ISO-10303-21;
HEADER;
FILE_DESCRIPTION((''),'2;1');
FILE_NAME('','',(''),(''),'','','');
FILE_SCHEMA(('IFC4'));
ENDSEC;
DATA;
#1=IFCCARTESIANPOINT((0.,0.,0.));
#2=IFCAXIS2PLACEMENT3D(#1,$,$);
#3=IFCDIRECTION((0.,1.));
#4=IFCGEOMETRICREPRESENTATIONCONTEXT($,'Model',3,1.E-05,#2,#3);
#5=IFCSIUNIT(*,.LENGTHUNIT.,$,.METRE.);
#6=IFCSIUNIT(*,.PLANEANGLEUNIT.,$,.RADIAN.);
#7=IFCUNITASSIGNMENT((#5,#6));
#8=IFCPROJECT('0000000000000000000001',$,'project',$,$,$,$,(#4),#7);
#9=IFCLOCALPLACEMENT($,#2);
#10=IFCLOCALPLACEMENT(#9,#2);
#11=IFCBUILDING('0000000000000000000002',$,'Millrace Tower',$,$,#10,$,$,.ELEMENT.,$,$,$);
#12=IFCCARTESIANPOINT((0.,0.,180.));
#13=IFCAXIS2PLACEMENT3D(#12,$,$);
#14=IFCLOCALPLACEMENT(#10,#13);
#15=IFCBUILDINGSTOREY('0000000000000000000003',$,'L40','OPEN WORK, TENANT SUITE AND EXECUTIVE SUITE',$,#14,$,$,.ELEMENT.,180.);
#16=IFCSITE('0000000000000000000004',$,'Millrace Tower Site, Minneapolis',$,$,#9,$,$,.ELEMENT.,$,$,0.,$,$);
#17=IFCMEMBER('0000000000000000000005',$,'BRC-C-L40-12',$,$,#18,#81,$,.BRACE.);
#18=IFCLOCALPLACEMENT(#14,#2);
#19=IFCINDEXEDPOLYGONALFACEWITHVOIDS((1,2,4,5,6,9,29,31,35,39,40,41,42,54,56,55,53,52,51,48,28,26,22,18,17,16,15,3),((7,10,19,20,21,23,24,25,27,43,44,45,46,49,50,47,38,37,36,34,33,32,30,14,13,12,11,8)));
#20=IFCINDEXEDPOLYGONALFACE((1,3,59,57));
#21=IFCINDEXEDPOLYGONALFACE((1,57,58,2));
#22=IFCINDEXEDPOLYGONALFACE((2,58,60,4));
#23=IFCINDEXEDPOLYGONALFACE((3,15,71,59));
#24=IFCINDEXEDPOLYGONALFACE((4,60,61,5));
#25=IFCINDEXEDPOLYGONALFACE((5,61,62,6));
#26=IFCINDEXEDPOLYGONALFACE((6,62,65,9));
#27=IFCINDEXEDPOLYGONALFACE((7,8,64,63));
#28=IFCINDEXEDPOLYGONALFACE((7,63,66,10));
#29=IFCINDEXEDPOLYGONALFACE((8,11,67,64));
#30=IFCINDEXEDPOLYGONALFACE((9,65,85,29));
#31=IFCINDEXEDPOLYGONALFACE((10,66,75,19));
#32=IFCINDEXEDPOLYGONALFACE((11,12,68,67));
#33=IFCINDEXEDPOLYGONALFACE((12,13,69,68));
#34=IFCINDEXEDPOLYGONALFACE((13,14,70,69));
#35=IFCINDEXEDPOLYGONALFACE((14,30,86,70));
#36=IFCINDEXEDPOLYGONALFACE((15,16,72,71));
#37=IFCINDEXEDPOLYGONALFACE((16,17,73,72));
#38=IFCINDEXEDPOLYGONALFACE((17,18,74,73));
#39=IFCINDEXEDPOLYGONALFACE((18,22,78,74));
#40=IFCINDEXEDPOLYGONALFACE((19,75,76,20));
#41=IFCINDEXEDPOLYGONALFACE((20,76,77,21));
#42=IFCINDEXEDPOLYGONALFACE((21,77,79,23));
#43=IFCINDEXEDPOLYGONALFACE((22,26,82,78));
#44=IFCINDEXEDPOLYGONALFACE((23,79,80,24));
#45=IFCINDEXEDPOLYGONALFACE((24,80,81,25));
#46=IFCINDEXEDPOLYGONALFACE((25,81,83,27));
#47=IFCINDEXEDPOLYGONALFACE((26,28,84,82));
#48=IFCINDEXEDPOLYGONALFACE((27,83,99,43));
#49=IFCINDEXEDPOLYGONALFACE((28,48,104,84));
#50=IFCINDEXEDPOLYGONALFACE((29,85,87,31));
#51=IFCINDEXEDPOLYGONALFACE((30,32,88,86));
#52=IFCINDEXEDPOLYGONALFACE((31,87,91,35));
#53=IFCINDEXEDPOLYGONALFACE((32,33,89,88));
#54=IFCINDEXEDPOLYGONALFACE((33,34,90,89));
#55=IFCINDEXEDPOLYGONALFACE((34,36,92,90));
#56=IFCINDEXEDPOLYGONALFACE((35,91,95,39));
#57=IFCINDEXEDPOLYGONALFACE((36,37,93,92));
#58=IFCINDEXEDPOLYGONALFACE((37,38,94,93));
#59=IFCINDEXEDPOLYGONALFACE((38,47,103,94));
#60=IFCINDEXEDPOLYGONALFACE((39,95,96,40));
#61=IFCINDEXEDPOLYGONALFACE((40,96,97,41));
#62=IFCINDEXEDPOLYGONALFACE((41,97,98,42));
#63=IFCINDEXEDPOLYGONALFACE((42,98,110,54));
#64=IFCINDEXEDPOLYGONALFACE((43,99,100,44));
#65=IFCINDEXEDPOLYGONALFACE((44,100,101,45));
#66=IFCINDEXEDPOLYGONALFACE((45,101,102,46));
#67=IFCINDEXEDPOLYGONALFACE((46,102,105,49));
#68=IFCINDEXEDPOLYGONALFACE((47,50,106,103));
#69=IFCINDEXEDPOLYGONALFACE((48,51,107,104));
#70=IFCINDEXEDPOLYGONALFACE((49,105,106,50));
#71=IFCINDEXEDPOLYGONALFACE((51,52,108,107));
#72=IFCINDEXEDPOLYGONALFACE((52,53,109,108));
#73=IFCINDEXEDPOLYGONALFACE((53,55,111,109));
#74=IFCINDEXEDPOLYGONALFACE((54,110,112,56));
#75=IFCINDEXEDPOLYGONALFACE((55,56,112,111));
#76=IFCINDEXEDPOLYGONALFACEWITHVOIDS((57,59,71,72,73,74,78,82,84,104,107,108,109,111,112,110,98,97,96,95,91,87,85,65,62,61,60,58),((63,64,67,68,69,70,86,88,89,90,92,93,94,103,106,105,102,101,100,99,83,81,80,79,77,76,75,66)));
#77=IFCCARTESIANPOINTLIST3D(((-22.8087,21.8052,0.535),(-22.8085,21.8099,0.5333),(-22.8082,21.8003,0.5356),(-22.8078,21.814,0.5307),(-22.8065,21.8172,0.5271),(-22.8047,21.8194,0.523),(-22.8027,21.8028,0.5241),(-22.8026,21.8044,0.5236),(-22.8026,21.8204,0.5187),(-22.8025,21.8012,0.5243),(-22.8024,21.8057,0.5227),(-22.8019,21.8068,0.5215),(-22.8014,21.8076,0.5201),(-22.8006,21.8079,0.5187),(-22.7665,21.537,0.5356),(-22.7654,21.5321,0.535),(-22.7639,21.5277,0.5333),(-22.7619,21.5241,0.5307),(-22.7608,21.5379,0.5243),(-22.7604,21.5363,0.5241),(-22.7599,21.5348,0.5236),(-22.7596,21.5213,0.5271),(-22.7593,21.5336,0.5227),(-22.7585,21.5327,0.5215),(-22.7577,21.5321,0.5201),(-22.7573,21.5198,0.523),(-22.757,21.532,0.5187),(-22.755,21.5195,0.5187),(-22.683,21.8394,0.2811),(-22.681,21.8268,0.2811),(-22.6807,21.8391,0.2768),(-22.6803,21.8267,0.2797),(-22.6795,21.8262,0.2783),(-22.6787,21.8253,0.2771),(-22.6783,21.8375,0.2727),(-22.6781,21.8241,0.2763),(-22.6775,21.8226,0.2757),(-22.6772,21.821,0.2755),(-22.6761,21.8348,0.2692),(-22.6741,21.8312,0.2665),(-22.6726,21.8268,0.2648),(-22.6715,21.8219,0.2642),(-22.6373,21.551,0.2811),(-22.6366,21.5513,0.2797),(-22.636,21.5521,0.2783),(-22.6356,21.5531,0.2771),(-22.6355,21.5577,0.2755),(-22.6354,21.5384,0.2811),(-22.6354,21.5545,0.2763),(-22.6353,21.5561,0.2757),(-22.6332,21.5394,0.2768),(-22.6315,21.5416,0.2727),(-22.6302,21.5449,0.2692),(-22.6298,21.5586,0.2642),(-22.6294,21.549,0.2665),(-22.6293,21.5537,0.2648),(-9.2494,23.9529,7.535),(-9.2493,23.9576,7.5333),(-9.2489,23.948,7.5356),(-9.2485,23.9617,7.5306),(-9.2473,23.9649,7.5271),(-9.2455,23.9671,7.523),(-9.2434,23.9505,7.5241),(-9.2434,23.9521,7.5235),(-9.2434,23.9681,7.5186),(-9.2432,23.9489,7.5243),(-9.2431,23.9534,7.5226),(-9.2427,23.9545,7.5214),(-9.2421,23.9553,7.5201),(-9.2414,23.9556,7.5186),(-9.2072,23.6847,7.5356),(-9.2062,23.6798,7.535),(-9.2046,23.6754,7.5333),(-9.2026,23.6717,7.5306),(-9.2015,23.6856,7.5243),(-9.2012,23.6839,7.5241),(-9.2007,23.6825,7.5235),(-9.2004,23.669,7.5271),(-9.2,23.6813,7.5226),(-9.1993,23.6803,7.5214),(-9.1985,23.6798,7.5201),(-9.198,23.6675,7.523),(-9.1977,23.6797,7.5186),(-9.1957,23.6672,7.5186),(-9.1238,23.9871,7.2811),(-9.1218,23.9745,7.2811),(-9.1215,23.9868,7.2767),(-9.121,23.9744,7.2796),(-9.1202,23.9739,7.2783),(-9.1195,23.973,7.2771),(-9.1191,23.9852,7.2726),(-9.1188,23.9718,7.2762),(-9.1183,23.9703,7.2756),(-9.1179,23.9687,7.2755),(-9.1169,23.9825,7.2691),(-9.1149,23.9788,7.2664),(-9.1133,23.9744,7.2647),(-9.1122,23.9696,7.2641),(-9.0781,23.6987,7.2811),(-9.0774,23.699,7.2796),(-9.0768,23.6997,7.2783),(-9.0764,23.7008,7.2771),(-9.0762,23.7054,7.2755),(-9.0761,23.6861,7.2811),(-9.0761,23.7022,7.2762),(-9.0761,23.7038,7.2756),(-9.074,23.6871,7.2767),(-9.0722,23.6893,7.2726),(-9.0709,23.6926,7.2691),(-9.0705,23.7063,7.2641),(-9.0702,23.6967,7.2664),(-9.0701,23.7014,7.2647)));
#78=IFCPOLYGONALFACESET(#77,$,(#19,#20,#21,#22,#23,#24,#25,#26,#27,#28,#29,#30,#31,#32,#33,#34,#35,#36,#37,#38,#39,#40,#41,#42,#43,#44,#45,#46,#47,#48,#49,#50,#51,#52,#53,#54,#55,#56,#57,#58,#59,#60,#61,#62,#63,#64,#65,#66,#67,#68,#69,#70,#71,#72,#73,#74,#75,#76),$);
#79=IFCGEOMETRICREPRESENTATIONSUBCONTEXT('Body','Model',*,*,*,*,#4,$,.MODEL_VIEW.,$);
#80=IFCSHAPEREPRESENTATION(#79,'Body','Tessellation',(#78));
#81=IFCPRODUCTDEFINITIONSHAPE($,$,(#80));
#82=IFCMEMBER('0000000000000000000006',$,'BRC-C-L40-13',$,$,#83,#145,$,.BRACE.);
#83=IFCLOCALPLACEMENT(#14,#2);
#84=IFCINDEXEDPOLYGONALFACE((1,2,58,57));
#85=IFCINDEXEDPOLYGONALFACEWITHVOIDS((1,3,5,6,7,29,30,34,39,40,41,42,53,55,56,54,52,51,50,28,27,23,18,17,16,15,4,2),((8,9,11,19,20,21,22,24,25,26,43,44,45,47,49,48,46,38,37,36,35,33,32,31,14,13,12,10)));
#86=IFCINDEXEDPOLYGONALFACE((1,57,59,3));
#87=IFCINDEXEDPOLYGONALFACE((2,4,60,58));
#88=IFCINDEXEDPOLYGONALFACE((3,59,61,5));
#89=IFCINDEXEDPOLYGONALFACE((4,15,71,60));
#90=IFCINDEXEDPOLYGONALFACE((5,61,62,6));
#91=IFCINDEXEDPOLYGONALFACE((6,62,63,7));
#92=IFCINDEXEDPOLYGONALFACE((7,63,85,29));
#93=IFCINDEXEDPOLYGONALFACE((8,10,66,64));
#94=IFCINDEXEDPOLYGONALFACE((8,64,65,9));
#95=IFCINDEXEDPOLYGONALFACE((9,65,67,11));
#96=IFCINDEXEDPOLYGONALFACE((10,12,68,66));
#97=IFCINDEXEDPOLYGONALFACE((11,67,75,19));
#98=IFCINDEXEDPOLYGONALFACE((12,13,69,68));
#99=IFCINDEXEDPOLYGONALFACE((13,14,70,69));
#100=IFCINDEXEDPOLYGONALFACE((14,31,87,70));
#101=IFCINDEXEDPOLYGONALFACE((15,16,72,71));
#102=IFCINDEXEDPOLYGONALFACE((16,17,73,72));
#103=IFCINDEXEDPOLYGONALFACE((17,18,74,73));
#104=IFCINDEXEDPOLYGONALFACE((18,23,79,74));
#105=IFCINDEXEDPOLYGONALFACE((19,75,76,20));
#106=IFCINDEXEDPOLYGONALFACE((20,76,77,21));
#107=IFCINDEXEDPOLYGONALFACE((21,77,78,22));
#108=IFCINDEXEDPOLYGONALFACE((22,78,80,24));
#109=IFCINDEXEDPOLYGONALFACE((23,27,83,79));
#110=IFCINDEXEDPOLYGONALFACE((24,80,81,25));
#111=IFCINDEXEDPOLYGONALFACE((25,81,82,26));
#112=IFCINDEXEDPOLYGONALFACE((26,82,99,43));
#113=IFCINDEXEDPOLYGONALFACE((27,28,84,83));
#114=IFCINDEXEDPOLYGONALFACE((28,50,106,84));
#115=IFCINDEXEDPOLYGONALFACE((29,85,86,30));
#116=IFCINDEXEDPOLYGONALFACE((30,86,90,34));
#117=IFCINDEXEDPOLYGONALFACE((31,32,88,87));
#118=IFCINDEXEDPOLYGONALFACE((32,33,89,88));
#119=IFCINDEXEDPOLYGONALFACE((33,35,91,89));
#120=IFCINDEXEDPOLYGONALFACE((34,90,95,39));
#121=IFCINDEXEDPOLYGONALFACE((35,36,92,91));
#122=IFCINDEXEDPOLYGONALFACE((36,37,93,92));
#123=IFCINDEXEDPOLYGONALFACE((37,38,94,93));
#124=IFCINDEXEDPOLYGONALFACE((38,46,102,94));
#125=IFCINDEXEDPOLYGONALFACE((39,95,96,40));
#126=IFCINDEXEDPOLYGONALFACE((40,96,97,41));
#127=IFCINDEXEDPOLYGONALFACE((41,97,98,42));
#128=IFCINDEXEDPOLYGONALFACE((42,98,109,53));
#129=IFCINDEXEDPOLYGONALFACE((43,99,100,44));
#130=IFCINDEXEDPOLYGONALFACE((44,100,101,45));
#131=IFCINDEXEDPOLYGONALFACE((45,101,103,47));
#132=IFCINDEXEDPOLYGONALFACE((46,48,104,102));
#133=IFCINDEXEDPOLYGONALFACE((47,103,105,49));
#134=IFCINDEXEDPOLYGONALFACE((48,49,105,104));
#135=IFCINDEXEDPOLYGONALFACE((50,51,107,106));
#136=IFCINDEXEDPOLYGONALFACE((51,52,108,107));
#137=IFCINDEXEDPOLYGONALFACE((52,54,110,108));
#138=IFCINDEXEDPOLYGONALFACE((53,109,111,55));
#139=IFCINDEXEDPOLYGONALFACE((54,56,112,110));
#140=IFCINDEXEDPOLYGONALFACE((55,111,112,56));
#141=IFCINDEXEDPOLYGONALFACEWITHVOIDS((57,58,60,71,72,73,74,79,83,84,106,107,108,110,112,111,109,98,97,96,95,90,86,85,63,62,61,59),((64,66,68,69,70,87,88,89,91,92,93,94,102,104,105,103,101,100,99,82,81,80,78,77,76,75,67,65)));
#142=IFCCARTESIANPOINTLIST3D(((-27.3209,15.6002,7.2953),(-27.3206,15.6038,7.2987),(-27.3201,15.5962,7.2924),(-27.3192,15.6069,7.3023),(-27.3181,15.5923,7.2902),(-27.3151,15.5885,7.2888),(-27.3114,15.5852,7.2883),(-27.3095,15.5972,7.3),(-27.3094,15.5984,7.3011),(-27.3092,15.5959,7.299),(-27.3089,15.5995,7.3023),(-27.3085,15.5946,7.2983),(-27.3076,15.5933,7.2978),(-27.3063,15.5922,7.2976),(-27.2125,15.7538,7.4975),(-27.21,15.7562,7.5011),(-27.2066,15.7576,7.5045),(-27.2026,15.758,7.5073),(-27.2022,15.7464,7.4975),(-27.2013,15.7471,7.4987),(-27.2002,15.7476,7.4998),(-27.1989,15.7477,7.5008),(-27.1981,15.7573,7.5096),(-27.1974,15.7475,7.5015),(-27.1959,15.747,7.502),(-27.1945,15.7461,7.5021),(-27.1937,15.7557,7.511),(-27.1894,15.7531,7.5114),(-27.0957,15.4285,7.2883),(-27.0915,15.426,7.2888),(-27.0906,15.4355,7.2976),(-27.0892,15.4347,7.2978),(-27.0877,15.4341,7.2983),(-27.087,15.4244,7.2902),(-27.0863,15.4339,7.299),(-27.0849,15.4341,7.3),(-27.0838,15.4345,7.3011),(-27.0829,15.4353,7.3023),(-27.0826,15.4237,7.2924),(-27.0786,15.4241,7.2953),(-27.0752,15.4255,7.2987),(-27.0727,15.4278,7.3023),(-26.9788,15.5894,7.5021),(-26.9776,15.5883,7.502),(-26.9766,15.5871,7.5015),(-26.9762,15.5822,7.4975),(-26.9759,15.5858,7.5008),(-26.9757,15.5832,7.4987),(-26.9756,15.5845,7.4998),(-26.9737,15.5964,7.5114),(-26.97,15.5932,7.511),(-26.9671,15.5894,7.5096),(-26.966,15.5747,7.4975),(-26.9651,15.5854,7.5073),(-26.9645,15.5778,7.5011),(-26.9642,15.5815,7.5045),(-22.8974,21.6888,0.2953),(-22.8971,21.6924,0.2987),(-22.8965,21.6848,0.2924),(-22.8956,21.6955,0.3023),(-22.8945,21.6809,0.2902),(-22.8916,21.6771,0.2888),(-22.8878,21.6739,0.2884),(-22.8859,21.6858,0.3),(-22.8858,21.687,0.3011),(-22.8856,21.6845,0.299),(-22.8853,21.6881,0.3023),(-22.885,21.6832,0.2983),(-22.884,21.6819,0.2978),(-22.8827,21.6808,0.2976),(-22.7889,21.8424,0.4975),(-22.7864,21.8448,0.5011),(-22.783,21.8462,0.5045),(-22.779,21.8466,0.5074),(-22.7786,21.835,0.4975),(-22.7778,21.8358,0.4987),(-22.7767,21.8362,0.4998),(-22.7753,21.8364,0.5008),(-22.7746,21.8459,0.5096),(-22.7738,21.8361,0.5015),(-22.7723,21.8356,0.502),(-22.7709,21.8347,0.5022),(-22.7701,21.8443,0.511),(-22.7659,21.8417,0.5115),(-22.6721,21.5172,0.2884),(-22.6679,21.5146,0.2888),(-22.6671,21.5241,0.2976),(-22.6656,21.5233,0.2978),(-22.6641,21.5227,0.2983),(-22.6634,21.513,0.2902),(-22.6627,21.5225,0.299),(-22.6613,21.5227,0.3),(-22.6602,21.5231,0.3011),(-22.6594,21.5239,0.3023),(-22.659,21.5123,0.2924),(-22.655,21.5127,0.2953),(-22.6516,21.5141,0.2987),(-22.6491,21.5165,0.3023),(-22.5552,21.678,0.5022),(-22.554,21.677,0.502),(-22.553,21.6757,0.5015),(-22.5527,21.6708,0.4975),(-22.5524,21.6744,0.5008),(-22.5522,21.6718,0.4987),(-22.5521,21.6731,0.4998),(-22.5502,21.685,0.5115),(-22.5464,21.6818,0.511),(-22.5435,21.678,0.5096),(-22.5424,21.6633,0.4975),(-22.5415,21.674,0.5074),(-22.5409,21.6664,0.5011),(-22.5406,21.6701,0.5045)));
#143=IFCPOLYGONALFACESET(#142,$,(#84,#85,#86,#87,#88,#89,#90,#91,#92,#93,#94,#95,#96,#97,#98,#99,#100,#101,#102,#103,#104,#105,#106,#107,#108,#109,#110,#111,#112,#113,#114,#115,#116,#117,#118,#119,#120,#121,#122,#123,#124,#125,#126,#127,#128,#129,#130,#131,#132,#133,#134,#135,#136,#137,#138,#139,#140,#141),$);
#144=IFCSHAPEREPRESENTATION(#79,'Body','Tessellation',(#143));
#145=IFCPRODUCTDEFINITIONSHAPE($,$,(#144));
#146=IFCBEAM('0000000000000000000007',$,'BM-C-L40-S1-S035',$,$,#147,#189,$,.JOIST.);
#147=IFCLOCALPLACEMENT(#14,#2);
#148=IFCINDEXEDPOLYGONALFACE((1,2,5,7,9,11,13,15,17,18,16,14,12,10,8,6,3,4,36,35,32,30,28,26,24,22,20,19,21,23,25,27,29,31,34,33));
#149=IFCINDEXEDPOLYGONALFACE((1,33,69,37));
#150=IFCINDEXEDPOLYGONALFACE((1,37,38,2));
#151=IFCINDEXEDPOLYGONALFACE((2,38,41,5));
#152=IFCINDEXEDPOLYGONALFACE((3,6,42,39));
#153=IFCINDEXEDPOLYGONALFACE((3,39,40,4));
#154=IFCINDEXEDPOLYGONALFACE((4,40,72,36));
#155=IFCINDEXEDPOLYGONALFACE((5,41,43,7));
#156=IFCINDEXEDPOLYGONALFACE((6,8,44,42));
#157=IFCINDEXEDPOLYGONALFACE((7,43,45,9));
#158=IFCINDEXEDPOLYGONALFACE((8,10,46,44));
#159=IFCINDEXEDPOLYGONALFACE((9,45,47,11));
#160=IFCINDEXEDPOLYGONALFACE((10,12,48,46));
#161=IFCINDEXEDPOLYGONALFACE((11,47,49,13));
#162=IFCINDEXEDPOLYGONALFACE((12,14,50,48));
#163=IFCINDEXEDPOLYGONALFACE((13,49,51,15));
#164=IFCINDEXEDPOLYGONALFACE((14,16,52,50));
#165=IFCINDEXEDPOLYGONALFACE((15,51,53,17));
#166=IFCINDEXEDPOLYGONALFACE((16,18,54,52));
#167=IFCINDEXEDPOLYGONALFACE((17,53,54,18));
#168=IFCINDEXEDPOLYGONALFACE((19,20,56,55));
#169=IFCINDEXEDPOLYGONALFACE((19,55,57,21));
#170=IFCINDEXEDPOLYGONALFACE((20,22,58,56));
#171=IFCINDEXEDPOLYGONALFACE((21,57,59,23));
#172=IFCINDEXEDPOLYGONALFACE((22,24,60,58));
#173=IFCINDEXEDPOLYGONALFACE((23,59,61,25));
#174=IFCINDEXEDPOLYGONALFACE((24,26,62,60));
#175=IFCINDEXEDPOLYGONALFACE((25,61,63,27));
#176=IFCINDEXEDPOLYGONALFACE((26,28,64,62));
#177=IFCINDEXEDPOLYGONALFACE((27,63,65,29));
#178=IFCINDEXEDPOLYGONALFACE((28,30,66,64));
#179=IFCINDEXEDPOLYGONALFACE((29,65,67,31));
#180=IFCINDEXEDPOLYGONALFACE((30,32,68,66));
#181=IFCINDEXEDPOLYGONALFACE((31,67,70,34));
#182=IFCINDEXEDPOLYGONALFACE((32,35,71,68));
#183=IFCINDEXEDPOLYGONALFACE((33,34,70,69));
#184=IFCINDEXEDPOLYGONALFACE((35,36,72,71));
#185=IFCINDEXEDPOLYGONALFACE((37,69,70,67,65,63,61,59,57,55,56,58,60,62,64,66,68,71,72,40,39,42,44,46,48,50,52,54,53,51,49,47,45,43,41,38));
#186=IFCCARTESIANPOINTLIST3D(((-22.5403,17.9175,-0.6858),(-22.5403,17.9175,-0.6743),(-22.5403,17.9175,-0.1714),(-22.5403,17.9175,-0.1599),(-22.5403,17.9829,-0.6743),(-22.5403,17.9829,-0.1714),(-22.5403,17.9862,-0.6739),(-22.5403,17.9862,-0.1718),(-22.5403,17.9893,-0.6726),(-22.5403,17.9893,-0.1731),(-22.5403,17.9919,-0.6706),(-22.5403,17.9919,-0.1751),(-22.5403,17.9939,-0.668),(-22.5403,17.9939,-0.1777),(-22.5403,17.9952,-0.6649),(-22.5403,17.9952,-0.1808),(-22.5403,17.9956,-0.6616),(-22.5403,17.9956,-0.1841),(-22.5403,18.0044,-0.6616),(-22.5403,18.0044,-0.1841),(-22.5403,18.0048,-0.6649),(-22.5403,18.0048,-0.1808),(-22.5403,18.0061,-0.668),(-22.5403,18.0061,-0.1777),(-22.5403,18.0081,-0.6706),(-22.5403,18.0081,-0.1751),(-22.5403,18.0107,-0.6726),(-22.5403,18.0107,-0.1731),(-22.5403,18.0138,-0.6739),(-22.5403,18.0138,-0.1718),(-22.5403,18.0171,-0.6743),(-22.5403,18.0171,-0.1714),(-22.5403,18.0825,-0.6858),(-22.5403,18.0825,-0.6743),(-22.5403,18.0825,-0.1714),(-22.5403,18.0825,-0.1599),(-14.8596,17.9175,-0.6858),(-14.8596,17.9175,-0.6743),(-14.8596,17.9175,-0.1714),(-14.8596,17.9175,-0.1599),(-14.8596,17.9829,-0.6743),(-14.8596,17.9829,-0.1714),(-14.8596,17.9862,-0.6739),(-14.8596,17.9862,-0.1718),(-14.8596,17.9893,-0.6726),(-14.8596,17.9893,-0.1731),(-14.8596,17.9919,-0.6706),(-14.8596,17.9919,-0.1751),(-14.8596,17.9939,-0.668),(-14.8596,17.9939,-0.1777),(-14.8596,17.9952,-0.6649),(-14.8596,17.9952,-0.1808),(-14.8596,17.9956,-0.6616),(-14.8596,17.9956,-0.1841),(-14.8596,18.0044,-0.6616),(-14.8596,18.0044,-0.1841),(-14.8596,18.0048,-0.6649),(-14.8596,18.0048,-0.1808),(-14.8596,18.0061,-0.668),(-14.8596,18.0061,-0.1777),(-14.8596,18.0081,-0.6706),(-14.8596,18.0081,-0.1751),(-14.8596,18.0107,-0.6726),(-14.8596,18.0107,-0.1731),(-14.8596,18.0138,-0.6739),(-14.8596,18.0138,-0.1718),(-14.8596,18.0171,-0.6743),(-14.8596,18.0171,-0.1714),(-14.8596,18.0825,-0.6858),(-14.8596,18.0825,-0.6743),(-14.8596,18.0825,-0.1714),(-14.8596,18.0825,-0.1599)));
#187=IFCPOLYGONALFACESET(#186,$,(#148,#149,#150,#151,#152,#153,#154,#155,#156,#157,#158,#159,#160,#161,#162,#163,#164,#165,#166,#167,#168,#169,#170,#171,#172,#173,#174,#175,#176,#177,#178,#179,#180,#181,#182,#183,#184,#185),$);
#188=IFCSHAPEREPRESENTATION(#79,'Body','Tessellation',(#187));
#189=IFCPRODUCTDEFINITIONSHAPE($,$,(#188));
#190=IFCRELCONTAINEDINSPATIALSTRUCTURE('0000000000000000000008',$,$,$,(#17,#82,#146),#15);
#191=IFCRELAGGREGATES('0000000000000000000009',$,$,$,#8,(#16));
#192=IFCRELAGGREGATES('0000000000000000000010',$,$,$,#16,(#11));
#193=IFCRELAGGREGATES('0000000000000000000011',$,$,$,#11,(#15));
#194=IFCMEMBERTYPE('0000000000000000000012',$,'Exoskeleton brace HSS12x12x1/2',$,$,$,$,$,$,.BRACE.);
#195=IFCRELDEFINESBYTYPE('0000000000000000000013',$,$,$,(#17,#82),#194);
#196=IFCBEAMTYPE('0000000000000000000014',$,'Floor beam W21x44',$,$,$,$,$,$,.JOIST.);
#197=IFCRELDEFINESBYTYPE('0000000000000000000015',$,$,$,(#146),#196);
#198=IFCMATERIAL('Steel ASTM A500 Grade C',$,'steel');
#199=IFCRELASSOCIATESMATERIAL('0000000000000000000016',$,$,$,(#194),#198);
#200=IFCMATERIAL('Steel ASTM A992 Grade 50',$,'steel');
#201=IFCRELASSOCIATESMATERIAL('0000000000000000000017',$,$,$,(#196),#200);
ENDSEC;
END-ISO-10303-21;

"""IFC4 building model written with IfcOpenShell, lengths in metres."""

from ifc_helpers import new_model, si_unit, direction, frame, origin, origin_2d, place, context, subcontext, project, spatial, hollow_rectangle, i_section, extrude, material, material_profile, profile_set, type_object, element, save


model = new_model("IFC4")

# Units and contexts
model_context = context("Model", 3, precision=1e-05, world=origin(), true_north=direction((0.0, 1.0)))
body_context = subcontext(model_context, "Body", "Model", "MODEL_VIEW")
ifc_project = project(units=[si_unit("LENGTHUNIT", "METRE"), si_unit("PLANEANGLEUNIT", "RADIAN")], contexts=[model_context])

# Site, building, storey
site_placement = place(None, origin())
site = spatial("IfcSite", under=ifc_project, at=site_placement, Name="Millrace Tower Site, Minneapolis", CompositionType="ELEMENT", RefElevation=0.0)
building_placement = place(site_placement, origin())
building = spatial("IfcBuilding", under=site, at=building_placement, Name="Millrace Tower", CompositionType="ELEMENT")
storey_placement = place(building_placement, frame((0.0, 0.0, 180.0)))
storey = spatial("IfcBuildingStorey", under=building, at=storey_placement, Name="L40", Description="OPEN WORK, TENANT SUITE AND EXECUTIVE SUITE", CompositionType="ELEMENT", Elevation=180.0)

# Members
ifc_material_1 = material(Name="Steel ASTM A500 Grade C", Category="steel")
ifc_material_profile_1 = material_profile(ifc_material_1, hollow_rectangle(XDim=0.3047, YDim=0.3047, WallThickness=0.0127, InnerFilletRadius=0.0063, OuterFilletRadius=0.019, at=origin_2d()))
ifc_profile_set_1 = profile_set([ifc_material_profile_1], Name="Steel ASTM A500 Grade C")
member_type_1 = type_object("IfcMemberType", Name="Exoskeleton brace HSS12x12x1/2", PredefinedType="BRACE", material=ifc_profile_set_1)
member_1_placement = place(storey_placement, frame((-22.719, 21.6794, 0.3999), z_axis=(0.879905, 0.139371, 0.454251), x_axis=(-0.156443, 0.987687, 0.0)))
element("IfcMember", 1, at=member_1_placement, inside=storey, type_object=member_type_1, Name="BRC-C-L40-12", PredefinedType="BRACE", context=body_context, shape_type="SweptSolid", body=[
    extrude(hollow_rectangle(XDim=0.3047, YDim=0.3047, WallThickness=0.0127, InnerFilletRadius=0.0063, OuterFilletRadius=0.019, at=origin_2d()), origin(), (0.0, 0.0, 1.0), 15.4099),
])
member_2_placement = place(storey_placement, frame((-22.719, 21.6794, 0.3999), z_axis=(-0.430389, -0.592388, 0.681059), x_axis=(0.809021, -0.58778, 0.0)))
element("IfcMember", 2, at=member_2_placement, inside=storey, type_object=member_type_1, Name="BRC-C-L40-13", PredefinedType="BRACE", context=body_context, shape_type="SweptSolid", body=[
    extrude(hollow_rectangle(XDim=0.3047, YDim=0.3047, WallThickness=0.0127, InnerFilletRadius=0.0063, OuterFilletRadius=0.019, at=origin_2d()), origin(), (0.0, 0.0, 1.0), 10.2781),
])

# Beam
ifc_material_2 = material(Name="Steel ASTM A992 Grade 50", Category="steel")
ifc_material_profile_2 = material_profile(ifc_material_2, i_section(OverallWidth=0.165, OverallDepth=0.5259, WebThickness=0.0088, FlangeThickness=0.0115, FilletRadius=0.0127, at=origin_2d()))
ifc_profile_set_2 = profile_set([ifc_material_profile_2], Name="Steel ASTM A992 Grade 50")
beam_type_1 = type_object("IfcBeamType", Name="Floor beam W21x44", PredefinedType="JOIST", material=ifc_profile_set_2)
beam_1_placement = place(storey_placement, frame((-22.5403, 18.0, -0.4229), z_axis=(1.0, 0.0, 0.0), x_axis=(0.0, 1.0, 0.0)))
element("IfcBeam", 3, at=beam_1_placement, inside=storey, type_object=beam_type_1, Name="BM-C-L40-S1-S035", PredefinedType="JOIST", context=body_context, shape_type="SweptSolid", body=[
    extrude(i_section(OverallWidth=0.165, OverallDepth=0.5259, WebThickness=0.0088, FlangeThickness=0.0115, FilletRadius=0.0127, at=origin_2d()), origin(), (0.0, 0.0, 1.0), 7.6807),
])

save(model, "model.ifc")
